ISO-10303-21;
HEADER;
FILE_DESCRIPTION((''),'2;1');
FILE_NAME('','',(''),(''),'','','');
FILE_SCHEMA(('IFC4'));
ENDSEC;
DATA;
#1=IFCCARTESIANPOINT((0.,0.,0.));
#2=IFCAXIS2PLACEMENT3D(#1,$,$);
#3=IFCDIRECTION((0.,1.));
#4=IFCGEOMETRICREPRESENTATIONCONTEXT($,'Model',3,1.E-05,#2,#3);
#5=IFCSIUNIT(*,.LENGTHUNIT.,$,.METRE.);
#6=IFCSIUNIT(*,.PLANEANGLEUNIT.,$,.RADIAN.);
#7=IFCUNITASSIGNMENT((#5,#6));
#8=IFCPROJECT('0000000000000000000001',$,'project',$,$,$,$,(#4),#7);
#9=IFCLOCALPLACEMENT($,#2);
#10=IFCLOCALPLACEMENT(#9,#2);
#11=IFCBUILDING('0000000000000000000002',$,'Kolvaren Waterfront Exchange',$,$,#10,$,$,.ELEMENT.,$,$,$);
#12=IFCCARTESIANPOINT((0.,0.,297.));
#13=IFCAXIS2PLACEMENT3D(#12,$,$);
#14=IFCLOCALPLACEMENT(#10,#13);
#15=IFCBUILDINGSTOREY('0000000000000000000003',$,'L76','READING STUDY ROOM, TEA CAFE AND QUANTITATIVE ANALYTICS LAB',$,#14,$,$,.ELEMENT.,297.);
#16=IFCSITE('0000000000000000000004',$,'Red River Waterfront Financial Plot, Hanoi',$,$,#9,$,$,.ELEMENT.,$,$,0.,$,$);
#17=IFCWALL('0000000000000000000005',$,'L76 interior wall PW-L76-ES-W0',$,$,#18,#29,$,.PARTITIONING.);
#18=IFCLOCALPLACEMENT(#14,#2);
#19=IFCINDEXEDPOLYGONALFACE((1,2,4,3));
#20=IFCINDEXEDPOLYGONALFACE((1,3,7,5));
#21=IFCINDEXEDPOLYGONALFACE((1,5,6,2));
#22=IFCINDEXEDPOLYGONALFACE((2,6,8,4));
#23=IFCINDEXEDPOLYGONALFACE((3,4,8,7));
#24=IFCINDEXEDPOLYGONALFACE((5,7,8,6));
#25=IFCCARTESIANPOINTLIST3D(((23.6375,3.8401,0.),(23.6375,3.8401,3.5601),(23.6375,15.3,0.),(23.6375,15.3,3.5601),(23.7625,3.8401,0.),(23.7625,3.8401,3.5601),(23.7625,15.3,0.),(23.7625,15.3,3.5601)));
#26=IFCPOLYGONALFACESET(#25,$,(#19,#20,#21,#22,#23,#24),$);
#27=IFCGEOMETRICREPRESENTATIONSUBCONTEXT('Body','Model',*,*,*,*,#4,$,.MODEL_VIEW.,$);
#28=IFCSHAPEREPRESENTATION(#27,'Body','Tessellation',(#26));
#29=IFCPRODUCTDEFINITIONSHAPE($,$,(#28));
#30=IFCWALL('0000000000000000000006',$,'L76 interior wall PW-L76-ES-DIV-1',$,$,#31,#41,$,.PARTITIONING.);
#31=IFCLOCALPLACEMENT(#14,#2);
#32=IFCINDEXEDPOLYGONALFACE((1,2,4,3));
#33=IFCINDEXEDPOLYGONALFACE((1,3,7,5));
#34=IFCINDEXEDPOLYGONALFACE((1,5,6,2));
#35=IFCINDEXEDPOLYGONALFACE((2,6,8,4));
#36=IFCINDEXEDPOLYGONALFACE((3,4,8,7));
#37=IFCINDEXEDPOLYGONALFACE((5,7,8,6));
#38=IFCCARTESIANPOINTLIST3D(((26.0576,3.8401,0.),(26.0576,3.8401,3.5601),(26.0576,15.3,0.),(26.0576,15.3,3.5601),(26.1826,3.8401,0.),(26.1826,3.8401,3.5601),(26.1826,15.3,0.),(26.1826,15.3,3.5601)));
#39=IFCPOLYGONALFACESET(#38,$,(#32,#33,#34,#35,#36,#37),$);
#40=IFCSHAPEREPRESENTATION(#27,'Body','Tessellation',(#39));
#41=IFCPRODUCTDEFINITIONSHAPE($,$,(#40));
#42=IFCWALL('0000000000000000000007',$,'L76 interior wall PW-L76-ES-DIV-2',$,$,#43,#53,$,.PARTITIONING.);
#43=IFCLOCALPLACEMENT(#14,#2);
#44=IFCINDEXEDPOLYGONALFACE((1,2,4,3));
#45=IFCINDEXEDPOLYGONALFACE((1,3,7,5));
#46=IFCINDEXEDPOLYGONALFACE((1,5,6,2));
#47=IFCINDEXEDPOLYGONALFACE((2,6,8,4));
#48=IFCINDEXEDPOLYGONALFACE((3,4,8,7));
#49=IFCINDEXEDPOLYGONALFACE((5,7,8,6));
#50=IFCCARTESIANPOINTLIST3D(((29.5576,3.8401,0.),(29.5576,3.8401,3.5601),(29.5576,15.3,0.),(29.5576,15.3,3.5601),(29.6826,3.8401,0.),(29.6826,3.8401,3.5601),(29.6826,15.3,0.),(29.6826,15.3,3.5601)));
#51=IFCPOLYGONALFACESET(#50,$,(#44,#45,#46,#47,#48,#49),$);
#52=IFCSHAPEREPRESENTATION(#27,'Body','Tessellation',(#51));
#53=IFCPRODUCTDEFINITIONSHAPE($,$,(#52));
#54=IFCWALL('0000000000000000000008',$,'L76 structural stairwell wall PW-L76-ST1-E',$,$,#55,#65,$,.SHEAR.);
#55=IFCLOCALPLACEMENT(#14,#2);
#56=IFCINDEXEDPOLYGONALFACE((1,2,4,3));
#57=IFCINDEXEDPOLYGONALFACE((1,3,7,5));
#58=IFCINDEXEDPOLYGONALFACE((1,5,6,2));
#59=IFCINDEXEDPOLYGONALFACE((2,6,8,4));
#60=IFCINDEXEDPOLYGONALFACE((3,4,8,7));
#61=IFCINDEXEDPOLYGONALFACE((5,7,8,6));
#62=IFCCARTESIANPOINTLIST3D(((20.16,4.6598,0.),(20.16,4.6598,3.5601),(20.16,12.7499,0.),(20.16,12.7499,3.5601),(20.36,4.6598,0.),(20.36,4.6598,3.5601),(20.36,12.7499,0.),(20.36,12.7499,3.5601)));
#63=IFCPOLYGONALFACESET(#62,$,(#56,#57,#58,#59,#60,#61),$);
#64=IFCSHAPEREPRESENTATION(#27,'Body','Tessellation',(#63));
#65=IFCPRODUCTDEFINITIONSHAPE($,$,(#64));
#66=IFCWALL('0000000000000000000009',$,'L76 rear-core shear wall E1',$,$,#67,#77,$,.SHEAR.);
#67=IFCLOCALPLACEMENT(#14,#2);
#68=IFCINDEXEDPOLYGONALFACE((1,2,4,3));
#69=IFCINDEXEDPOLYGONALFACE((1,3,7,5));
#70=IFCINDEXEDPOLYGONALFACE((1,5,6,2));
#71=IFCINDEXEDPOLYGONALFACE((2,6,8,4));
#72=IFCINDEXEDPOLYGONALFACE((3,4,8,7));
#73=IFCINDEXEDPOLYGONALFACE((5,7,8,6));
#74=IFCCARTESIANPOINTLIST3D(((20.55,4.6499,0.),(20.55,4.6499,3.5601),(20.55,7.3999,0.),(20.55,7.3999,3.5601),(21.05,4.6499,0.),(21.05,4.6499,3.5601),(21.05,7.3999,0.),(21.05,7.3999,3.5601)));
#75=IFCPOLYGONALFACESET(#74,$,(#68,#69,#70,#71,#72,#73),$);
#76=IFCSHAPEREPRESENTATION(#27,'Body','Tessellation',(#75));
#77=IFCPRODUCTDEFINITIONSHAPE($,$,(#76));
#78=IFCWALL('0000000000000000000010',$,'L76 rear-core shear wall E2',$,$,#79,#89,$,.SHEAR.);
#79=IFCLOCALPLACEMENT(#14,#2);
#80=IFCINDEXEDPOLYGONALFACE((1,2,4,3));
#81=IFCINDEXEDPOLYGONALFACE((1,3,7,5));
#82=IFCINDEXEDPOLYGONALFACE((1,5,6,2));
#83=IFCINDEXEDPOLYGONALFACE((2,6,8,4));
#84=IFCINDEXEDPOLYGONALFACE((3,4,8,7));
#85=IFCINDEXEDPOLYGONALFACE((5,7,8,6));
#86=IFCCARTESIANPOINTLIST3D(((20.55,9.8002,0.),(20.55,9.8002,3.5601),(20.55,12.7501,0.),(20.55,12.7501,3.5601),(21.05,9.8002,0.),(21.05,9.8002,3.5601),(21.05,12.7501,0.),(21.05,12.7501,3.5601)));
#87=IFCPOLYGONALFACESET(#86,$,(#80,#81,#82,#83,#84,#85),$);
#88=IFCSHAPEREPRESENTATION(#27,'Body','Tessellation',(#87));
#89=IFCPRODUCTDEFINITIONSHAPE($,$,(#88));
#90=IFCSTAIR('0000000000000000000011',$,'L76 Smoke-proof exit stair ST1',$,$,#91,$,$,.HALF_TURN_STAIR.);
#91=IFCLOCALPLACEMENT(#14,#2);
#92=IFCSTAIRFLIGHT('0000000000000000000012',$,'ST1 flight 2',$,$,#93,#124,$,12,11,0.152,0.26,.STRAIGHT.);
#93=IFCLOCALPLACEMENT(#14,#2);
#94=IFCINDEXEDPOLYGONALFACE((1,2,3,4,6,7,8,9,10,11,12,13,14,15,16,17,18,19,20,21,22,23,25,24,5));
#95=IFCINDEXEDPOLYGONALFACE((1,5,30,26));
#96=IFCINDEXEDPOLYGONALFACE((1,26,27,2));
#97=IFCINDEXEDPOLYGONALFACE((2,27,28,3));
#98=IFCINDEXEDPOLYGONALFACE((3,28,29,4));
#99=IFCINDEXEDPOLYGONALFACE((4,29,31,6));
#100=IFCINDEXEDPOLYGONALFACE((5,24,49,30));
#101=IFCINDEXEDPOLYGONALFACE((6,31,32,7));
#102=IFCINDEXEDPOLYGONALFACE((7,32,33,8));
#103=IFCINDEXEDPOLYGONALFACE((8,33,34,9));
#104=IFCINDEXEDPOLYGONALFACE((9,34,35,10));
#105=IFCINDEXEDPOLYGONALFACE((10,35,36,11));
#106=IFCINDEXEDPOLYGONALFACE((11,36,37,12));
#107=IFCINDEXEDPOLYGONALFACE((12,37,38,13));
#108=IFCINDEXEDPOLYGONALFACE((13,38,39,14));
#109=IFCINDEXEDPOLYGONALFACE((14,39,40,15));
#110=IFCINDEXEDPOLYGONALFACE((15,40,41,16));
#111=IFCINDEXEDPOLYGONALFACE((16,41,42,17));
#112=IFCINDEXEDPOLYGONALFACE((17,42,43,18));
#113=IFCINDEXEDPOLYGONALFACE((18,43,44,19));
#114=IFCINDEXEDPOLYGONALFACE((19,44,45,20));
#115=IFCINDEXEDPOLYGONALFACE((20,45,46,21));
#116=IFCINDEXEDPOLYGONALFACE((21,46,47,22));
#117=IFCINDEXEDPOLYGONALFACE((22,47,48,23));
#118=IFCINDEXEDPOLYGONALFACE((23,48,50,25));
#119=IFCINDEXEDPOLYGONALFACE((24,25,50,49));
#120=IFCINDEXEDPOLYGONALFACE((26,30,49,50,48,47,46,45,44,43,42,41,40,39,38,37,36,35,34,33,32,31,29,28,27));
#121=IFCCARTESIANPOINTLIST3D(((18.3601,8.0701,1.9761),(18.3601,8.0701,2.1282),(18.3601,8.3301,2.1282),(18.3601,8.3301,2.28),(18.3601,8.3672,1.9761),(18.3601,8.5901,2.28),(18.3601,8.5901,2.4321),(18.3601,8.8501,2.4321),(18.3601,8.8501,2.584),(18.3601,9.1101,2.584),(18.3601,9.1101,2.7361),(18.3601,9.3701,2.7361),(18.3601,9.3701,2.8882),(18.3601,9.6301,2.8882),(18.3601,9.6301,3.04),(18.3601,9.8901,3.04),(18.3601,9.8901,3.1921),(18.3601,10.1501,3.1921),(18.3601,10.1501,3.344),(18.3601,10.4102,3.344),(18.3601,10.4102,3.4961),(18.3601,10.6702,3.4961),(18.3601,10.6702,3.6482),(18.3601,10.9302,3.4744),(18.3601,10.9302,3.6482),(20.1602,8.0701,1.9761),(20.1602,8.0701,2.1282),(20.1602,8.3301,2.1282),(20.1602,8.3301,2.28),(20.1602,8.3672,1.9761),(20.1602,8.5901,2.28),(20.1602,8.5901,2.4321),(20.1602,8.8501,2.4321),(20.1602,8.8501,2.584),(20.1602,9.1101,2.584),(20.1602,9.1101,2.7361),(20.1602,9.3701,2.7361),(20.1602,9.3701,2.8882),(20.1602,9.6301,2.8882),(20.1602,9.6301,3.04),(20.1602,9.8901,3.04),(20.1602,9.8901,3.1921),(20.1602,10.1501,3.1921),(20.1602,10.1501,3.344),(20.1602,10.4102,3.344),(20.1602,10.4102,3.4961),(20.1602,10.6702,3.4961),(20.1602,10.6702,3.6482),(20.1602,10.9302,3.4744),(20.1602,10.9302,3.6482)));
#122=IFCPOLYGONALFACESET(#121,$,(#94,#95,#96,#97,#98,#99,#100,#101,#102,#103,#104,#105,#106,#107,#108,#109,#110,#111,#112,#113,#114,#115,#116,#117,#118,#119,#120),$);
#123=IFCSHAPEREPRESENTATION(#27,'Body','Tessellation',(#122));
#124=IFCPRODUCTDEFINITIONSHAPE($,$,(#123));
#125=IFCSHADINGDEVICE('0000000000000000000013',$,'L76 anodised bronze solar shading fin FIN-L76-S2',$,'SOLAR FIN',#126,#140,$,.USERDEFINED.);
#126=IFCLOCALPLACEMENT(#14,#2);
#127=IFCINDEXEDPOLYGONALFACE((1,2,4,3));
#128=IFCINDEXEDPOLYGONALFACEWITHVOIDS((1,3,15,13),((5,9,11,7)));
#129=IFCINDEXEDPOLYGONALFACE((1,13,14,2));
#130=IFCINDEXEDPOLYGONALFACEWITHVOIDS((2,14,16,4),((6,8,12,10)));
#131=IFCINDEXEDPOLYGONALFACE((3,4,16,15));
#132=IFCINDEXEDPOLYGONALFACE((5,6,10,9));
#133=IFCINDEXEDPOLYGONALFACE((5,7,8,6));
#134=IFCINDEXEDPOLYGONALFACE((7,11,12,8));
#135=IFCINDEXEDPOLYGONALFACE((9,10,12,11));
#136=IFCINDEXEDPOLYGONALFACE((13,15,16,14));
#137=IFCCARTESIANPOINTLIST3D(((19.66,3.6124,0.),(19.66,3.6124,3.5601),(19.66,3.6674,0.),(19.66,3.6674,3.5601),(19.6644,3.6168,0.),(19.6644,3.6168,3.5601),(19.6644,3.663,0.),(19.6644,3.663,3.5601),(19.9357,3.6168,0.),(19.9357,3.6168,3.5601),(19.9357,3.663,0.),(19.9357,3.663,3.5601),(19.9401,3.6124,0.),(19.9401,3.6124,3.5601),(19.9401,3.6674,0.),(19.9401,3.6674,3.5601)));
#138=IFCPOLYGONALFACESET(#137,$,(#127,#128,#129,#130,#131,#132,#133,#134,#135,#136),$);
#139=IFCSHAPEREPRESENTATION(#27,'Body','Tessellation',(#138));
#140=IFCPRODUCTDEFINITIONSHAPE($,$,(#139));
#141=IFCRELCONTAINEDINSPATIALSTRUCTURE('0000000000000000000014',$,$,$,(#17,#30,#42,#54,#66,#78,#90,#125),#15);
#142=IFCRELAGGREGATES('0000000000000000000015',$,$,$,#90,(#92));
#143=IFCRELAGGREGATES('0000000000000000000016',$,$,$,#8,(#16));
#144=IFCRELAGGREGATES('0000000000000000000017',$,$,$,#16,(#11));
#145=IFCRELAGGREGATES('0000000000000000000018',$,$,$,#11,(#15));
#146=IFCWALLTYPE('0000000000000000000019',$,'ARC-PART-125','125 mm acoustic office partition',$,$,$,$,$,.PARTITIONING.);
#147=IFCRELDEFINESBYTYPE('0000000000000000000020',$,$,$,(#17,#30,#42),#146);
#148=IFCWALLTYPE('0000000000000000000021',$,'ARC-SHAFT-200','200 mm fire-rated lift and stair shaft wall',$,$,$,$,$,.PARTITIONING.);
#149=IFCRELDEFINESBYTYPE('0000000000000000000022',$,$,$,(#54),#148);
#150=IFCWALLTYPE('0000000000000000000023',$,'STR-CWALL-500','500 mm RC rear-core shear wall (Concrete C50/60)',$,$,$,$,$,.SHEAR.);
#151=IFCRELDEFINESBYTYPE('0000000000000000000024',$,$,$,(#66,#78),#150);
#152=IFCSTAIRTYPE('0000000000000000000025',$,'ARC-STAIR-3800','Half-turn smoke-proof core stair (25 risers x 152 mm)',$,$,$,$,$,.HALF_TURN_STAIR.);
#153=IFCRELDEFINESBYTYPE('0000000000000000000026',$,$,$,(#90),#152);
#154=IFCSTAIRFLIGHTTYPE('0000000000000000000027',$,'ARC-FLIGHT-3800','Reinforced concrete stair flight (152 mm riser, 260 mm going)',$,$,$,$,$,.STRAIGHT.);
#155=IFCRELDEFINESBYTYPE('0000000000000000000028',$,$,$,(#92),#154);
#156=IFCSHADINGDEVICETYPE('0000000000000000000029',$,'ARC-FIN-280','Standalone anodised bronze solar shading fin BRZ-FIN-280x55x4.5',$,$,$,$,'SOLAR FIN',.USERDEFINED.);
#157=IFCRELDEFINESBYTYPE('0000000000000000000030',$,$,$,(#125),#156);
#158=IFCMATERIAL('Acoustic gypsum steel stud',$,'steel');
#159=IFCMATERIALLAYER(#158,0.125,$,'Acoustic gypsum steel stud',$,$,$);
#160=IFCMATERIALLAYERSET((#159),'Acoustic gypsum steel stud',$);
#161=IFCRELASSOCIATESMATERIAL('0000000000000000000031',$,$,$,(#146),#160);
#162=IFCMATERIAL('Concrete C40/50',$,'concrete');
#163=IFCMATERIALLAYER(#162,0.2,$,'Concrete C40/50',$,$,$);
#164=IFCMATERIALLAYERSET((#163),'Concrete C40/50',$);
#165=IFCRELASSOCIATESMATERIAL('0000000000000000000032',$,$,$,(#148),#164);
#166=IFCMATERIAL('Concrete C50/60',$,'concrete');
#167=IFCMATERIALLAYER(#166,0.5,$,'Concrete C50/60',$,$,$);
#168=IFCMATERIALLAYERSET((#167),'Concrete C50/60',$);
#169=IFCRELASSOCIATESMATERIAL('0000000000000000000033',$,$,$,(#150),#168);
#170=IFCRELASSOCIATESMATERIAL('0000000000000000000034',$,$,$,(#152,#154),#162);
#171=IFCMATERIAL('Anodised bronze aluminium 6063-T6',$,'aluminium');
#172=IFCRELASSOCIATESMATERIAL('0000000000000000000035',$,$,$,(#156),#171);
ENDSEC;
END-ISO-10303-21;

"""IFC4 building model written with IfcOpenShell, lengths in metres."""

from ifc_helpers import new_model, si_unit, direction, frame, frame_2d, origin, origin_2d, place, context, subcontext, project, spatial, polyline, rectangle, hollow_rectangle, outline, extrude, material, layer, layer_set, material_profile, profile_set, type_object, element, aggregate, save


model = new_model("IFC4")

# Units and contexts
model_context = context("Model", 3, precision=1e-05, world=origin(), true_north=direction((0.0, 1.0)))
body_context = subcontext(model_context, "Body", "Model", "MODEL_VIEW")
ifc_project = project(units=[si_unit("LENGTHUNIT", "METRE"), si_unit("PLANEANGLEUNIT", "RADIAN")], contexts=[model_context])

# Site, building, storey
site_placement = place(None, origin())
site = spatial("IfcSite", under=ifc_project, at=site_placement, Name="Red River Waterfront Financial Plot, Hanoi", CompositionType="ELEMENT", RefElevation=0.0)
building_placement = place(site_placement, origin())
building = spatial("IfcBuilding", under=site, at=building_placement, Name="Kolvaren Waterfront Exchange", CompositionType="ELEMENT")
storey_placement = place(building_placement, frame((0.0, 0.0, 297.0)))
storey = spatial("IfcBuildingStorey", under=building, at=storey_placement, Name="L76", Description="READING STUDY ROOM, TEA CAFE AND QUANTITATIVE ANALYTICS LAB", CompositionType="ELEMENT", Elevation=297.0)

# Shared definitions
ifc_material_1 = material(Name="Concrete C50/60", Category="concrete")

# Shared definitions
ifc_material_2 = material(Name="Anodised bronze aluminium 6063-T6", Category="aluminium")

# Walls
ifc_material_3 = material(Name="Acoustic gypsum steel stud", Category="steel")
ifc_layer_1 = layer(ifc_material_3, 0.125, Name="Acoustic gypsum steel stud")
ifc_layer_set_1 = layer_set([ifc_layer_1], Name="Acoustic gypsum steel stud")
wall_type_1 = type_object("IfcWallType", Name="ARC-PART-125", Description="125 mm acoustic office partition", PredefinedType="PARTITIONING", material=ifc_layer_set_1)
for number, where, z_axis, x_axis, name in (
    (1, (23.7, 3.8401, 0.0), (0.0, 0.0, 1.0), (0.0, 1.0, 0.0), "L76 interior wall PW-L76-ES-W0"),
    (2, (26.1201, 3.8401, 0.0), (0.0, 0.0, 1.0), (0.0, 1.0, 0.0), "L76 interior wall PW-L76-ES-DIV-1"),
    (3, (29.6201, 3.8401, 0.0), (0.0, 0.0, 1.0), (0.0, 1.0, 0.0), "L76 interior wall PW-L76-ES-DIV-2"),
):
    element("IfcWall", number, at=place(storey_placement, frame(where, z_axis=z_axis, x_axis=x_axis)), inside=storey, type_object=wall_type_1, Name=name, PredefinedType="PARTITIONING", context=body_context, shape_type="SweptSolid", body=[
        extrude(rectangle(XDim=11.46, YDim=0.125, at=frame_2d((5.73, 0.0))), origin(), (0.0, 0.0, 1.0), 3.5601),
    ])
ifc_material_4 = material(Name="Concrete C40/50", Category="concrete")
ifc_layer_2 = layer(ifc_material_4, 0.2, Name="Concrete C40/50")
ifc_layer_set_2 = layer_set([ifc_layer_2], Name="Concrete C40/50")
wall_type_2 = type_object("IfcWallType", Name="ARC-SHAFT-200", Description="200 mm fire-rated lift and stair shaft wall", PredefinedType="PARTITIONING", material=ifc_layer_set_2)
wall_1_placement = place(storey_placement, frame((20.26, 4.6599, 0.0), z_axis=(0.0, 0.0, 1.0), x_axis=(0.0, 1.0, 0.0)))
element("IfcWall", 4, at=wall_1_placement, inside=storey, type_object=wall_type_2, Name="L76 structural stairwell wall PW-L76-ST1-E", PredefinedType="SHEAR", context=body_context, shape_type="SweptSolid", body=[
    extrude(rectangle(XDim=8.0901, YDim=0.2, at=frame_2d((4.0449, 0.0))), origin(), (0.0, 0.0, 1.0), 3.5601),
])
ifc_layer_3 = layer(ifc_material_1, 0.5, Name="Concrete C50/60")
ifc_layer_set_3 = layer_set([ifc_layer_3], Name="Concrete C50/60")
wall_type_3 = type_object("IfcWallType", Name="STR-CWALL-500", Description="500 mm RC rear-core shear wall (Concrete C50/60)", PredefinedType="SHEAR", material=ifc_layer_set_3)
wall_2_placement = place(storey_placement, frame((20.8, 4.6499, 0.0), z_axis=(0.0, 0.0, 1.0), x_axis=(0.0, 1.0, 0.0)))
element("IfcWall", 5, at=wall_2_placement, inside=storey, type_object=wall_type_3, Name="L76 rear-core shear wall E1", PredefinedType="SHEAR", context=body_context, shape_type="SweptSolid", body=[
    extrude(rectangle(XDim=2.75, YDim=0.5, at=frame_2d((1.375, 0.0))), origin(), (0.0, 0.0, 1.0), 3.5601),
])
wall_3_placement = place(storey_placement, frame((20.8, 9.8, 0.0), z_axis=(0.0, 0.0, 1.0), x_axis=(0.0, 1.0, 0.0)))
element("IfcWall", 6, at=wall_3_placement, inside=storey, type_object=wall_type_3, Name="L76 rear-core shear wall E2", PredefinedType="SHEAR", context=body_context, shape_type="SweptSolid", body=[
    extrude(rectangle(XDim=2.95, YDim=0.5, at=frame_2d((1.4751, 0.0))), origin(), (0.0, 0.0, 1.0), 3.5601),
])

# Stair, stair flight
stair_type = type_object("IfcStairType", Name="ARC-STAIR-3800", Description="Half-turn smoke-proof core stair (25 risers x 152 mm)", PredefinedType="HALF_TURN_STAIR", material=ifc_material_4)
stair_placement = place(storey_placement, origin())
stair = element("IfcStair", 7, at=stair_placement, inside=storey, type_object=stair_type, Name="L76 Smoke-proof exit stair ST1", PredefinedType="HALF_TURN_STAIR")
stair_flight_type = type_object("IfcStairFlightType", Name="ARC-FLIGHT-3800", Description="Reinforced concrete stair flight (152 mm riser, 260 mm going)", PredefinedType="STRAIGHT", material=ifc_material_4)
stair_flight_placement = place(storey_placement, frame((19.26, 8.0701, 1.9761), z_axis=(0.0, 0.0, 1.0), x_axis=(0.0, 1.0, 0.0)))
stair_flight = element("IfcStairFlight", 8, at=stair_flight_placement, type_object=stair_flight_type, Name="ST1 flight 2", NumberOfRisers=12, NumberOfTreads=11, PredefinedType="STRAIGHT", RiserHeight=0.152, TreadLength=0.26, context=body_context, shape_type="SweptSolid", body=[
    extrude(outline(polyline([(0.0, 0.0), (0.0, 0.1521), (0.26, 0.1521), (0.26, 0.304), (0.52, 0.304), (0.52, 0.4561), (0.78, 0.4561), (0.78, 0.6079), (1.04, 0.6079), (1.04, 0.76), (1.3, 0.76), (1.3, 0.9121), (1.5601, 0.9121), (1.5601, 1.064), (1.8201, 1.064), (1.8201, 1.2161), (2.0801, 1.2161), (2.0801, 1.3679), (2.3401, 1.3679), (2.3401, 1.52), (2.6001, 1.52), (2.6001, 1.6721), (2.8601, 1.6721), (2.8601, 1.824), (2.8601, 1.4983), (0.2971, 0.0), (0.0, 0.0)])), frame((0.0, 0.8999, 0.0), z_axis=(0.0, -1.0, 0.0), x_axis=(1.0, 0.0, 0.0)), (0.0, 0.0, 1.0), 1.8),
])
aggregate(stair, [stair_flight])

# Shading device
ifc_material_profile_1 = material_profile(ifc_material_2, hollow_rectangle(XDim=0.0549, YDim=0.28, WallThickness=0.0044, at=origin_2d()), Name="BRZ-FIN-280x55x4.5")
ifc_profile_set_1 = profile_set([ifc_material_profile_1], Name="Anodised bronze aluminium 6063-T6")
shading_device_type = type_object("IfcShadingDeviceType", Name="ARC-FIN-280", Description="Standalone anodised bronze solar shading fin BRZ-FIN-280x55x4.5", ElementType="SOLAR FIN", PredefinedType="USERDEFINED", material=ifc_profile_set_1)
shading_device_placement = place(storey_placement, frame((19.8, 3.6399, 0.0), z_axis=(0.0, 0.0, 1.0), x_axis=(0.0, -1.0, 0.0)))
element("IfcShadingDevice", 9, at=shading_device_placement, inside=storey, type_object=shading_device_type, Name="L76 anodised bronze solar shading fin FIN-L76-S2", ObjectType="SOLAR FIN", PredefinedType="USERDEFINED", context=body_context, shape_type="SweptSolid", body=[
    extrude(hollow_rectangle(XDim=0.0549, YDim=0.28, WallThickness=0.0044, at=origin_2d()), origin(), (0.0, 0.0, 1.0), 3.5601),
])

save(model, "model.ifc")
